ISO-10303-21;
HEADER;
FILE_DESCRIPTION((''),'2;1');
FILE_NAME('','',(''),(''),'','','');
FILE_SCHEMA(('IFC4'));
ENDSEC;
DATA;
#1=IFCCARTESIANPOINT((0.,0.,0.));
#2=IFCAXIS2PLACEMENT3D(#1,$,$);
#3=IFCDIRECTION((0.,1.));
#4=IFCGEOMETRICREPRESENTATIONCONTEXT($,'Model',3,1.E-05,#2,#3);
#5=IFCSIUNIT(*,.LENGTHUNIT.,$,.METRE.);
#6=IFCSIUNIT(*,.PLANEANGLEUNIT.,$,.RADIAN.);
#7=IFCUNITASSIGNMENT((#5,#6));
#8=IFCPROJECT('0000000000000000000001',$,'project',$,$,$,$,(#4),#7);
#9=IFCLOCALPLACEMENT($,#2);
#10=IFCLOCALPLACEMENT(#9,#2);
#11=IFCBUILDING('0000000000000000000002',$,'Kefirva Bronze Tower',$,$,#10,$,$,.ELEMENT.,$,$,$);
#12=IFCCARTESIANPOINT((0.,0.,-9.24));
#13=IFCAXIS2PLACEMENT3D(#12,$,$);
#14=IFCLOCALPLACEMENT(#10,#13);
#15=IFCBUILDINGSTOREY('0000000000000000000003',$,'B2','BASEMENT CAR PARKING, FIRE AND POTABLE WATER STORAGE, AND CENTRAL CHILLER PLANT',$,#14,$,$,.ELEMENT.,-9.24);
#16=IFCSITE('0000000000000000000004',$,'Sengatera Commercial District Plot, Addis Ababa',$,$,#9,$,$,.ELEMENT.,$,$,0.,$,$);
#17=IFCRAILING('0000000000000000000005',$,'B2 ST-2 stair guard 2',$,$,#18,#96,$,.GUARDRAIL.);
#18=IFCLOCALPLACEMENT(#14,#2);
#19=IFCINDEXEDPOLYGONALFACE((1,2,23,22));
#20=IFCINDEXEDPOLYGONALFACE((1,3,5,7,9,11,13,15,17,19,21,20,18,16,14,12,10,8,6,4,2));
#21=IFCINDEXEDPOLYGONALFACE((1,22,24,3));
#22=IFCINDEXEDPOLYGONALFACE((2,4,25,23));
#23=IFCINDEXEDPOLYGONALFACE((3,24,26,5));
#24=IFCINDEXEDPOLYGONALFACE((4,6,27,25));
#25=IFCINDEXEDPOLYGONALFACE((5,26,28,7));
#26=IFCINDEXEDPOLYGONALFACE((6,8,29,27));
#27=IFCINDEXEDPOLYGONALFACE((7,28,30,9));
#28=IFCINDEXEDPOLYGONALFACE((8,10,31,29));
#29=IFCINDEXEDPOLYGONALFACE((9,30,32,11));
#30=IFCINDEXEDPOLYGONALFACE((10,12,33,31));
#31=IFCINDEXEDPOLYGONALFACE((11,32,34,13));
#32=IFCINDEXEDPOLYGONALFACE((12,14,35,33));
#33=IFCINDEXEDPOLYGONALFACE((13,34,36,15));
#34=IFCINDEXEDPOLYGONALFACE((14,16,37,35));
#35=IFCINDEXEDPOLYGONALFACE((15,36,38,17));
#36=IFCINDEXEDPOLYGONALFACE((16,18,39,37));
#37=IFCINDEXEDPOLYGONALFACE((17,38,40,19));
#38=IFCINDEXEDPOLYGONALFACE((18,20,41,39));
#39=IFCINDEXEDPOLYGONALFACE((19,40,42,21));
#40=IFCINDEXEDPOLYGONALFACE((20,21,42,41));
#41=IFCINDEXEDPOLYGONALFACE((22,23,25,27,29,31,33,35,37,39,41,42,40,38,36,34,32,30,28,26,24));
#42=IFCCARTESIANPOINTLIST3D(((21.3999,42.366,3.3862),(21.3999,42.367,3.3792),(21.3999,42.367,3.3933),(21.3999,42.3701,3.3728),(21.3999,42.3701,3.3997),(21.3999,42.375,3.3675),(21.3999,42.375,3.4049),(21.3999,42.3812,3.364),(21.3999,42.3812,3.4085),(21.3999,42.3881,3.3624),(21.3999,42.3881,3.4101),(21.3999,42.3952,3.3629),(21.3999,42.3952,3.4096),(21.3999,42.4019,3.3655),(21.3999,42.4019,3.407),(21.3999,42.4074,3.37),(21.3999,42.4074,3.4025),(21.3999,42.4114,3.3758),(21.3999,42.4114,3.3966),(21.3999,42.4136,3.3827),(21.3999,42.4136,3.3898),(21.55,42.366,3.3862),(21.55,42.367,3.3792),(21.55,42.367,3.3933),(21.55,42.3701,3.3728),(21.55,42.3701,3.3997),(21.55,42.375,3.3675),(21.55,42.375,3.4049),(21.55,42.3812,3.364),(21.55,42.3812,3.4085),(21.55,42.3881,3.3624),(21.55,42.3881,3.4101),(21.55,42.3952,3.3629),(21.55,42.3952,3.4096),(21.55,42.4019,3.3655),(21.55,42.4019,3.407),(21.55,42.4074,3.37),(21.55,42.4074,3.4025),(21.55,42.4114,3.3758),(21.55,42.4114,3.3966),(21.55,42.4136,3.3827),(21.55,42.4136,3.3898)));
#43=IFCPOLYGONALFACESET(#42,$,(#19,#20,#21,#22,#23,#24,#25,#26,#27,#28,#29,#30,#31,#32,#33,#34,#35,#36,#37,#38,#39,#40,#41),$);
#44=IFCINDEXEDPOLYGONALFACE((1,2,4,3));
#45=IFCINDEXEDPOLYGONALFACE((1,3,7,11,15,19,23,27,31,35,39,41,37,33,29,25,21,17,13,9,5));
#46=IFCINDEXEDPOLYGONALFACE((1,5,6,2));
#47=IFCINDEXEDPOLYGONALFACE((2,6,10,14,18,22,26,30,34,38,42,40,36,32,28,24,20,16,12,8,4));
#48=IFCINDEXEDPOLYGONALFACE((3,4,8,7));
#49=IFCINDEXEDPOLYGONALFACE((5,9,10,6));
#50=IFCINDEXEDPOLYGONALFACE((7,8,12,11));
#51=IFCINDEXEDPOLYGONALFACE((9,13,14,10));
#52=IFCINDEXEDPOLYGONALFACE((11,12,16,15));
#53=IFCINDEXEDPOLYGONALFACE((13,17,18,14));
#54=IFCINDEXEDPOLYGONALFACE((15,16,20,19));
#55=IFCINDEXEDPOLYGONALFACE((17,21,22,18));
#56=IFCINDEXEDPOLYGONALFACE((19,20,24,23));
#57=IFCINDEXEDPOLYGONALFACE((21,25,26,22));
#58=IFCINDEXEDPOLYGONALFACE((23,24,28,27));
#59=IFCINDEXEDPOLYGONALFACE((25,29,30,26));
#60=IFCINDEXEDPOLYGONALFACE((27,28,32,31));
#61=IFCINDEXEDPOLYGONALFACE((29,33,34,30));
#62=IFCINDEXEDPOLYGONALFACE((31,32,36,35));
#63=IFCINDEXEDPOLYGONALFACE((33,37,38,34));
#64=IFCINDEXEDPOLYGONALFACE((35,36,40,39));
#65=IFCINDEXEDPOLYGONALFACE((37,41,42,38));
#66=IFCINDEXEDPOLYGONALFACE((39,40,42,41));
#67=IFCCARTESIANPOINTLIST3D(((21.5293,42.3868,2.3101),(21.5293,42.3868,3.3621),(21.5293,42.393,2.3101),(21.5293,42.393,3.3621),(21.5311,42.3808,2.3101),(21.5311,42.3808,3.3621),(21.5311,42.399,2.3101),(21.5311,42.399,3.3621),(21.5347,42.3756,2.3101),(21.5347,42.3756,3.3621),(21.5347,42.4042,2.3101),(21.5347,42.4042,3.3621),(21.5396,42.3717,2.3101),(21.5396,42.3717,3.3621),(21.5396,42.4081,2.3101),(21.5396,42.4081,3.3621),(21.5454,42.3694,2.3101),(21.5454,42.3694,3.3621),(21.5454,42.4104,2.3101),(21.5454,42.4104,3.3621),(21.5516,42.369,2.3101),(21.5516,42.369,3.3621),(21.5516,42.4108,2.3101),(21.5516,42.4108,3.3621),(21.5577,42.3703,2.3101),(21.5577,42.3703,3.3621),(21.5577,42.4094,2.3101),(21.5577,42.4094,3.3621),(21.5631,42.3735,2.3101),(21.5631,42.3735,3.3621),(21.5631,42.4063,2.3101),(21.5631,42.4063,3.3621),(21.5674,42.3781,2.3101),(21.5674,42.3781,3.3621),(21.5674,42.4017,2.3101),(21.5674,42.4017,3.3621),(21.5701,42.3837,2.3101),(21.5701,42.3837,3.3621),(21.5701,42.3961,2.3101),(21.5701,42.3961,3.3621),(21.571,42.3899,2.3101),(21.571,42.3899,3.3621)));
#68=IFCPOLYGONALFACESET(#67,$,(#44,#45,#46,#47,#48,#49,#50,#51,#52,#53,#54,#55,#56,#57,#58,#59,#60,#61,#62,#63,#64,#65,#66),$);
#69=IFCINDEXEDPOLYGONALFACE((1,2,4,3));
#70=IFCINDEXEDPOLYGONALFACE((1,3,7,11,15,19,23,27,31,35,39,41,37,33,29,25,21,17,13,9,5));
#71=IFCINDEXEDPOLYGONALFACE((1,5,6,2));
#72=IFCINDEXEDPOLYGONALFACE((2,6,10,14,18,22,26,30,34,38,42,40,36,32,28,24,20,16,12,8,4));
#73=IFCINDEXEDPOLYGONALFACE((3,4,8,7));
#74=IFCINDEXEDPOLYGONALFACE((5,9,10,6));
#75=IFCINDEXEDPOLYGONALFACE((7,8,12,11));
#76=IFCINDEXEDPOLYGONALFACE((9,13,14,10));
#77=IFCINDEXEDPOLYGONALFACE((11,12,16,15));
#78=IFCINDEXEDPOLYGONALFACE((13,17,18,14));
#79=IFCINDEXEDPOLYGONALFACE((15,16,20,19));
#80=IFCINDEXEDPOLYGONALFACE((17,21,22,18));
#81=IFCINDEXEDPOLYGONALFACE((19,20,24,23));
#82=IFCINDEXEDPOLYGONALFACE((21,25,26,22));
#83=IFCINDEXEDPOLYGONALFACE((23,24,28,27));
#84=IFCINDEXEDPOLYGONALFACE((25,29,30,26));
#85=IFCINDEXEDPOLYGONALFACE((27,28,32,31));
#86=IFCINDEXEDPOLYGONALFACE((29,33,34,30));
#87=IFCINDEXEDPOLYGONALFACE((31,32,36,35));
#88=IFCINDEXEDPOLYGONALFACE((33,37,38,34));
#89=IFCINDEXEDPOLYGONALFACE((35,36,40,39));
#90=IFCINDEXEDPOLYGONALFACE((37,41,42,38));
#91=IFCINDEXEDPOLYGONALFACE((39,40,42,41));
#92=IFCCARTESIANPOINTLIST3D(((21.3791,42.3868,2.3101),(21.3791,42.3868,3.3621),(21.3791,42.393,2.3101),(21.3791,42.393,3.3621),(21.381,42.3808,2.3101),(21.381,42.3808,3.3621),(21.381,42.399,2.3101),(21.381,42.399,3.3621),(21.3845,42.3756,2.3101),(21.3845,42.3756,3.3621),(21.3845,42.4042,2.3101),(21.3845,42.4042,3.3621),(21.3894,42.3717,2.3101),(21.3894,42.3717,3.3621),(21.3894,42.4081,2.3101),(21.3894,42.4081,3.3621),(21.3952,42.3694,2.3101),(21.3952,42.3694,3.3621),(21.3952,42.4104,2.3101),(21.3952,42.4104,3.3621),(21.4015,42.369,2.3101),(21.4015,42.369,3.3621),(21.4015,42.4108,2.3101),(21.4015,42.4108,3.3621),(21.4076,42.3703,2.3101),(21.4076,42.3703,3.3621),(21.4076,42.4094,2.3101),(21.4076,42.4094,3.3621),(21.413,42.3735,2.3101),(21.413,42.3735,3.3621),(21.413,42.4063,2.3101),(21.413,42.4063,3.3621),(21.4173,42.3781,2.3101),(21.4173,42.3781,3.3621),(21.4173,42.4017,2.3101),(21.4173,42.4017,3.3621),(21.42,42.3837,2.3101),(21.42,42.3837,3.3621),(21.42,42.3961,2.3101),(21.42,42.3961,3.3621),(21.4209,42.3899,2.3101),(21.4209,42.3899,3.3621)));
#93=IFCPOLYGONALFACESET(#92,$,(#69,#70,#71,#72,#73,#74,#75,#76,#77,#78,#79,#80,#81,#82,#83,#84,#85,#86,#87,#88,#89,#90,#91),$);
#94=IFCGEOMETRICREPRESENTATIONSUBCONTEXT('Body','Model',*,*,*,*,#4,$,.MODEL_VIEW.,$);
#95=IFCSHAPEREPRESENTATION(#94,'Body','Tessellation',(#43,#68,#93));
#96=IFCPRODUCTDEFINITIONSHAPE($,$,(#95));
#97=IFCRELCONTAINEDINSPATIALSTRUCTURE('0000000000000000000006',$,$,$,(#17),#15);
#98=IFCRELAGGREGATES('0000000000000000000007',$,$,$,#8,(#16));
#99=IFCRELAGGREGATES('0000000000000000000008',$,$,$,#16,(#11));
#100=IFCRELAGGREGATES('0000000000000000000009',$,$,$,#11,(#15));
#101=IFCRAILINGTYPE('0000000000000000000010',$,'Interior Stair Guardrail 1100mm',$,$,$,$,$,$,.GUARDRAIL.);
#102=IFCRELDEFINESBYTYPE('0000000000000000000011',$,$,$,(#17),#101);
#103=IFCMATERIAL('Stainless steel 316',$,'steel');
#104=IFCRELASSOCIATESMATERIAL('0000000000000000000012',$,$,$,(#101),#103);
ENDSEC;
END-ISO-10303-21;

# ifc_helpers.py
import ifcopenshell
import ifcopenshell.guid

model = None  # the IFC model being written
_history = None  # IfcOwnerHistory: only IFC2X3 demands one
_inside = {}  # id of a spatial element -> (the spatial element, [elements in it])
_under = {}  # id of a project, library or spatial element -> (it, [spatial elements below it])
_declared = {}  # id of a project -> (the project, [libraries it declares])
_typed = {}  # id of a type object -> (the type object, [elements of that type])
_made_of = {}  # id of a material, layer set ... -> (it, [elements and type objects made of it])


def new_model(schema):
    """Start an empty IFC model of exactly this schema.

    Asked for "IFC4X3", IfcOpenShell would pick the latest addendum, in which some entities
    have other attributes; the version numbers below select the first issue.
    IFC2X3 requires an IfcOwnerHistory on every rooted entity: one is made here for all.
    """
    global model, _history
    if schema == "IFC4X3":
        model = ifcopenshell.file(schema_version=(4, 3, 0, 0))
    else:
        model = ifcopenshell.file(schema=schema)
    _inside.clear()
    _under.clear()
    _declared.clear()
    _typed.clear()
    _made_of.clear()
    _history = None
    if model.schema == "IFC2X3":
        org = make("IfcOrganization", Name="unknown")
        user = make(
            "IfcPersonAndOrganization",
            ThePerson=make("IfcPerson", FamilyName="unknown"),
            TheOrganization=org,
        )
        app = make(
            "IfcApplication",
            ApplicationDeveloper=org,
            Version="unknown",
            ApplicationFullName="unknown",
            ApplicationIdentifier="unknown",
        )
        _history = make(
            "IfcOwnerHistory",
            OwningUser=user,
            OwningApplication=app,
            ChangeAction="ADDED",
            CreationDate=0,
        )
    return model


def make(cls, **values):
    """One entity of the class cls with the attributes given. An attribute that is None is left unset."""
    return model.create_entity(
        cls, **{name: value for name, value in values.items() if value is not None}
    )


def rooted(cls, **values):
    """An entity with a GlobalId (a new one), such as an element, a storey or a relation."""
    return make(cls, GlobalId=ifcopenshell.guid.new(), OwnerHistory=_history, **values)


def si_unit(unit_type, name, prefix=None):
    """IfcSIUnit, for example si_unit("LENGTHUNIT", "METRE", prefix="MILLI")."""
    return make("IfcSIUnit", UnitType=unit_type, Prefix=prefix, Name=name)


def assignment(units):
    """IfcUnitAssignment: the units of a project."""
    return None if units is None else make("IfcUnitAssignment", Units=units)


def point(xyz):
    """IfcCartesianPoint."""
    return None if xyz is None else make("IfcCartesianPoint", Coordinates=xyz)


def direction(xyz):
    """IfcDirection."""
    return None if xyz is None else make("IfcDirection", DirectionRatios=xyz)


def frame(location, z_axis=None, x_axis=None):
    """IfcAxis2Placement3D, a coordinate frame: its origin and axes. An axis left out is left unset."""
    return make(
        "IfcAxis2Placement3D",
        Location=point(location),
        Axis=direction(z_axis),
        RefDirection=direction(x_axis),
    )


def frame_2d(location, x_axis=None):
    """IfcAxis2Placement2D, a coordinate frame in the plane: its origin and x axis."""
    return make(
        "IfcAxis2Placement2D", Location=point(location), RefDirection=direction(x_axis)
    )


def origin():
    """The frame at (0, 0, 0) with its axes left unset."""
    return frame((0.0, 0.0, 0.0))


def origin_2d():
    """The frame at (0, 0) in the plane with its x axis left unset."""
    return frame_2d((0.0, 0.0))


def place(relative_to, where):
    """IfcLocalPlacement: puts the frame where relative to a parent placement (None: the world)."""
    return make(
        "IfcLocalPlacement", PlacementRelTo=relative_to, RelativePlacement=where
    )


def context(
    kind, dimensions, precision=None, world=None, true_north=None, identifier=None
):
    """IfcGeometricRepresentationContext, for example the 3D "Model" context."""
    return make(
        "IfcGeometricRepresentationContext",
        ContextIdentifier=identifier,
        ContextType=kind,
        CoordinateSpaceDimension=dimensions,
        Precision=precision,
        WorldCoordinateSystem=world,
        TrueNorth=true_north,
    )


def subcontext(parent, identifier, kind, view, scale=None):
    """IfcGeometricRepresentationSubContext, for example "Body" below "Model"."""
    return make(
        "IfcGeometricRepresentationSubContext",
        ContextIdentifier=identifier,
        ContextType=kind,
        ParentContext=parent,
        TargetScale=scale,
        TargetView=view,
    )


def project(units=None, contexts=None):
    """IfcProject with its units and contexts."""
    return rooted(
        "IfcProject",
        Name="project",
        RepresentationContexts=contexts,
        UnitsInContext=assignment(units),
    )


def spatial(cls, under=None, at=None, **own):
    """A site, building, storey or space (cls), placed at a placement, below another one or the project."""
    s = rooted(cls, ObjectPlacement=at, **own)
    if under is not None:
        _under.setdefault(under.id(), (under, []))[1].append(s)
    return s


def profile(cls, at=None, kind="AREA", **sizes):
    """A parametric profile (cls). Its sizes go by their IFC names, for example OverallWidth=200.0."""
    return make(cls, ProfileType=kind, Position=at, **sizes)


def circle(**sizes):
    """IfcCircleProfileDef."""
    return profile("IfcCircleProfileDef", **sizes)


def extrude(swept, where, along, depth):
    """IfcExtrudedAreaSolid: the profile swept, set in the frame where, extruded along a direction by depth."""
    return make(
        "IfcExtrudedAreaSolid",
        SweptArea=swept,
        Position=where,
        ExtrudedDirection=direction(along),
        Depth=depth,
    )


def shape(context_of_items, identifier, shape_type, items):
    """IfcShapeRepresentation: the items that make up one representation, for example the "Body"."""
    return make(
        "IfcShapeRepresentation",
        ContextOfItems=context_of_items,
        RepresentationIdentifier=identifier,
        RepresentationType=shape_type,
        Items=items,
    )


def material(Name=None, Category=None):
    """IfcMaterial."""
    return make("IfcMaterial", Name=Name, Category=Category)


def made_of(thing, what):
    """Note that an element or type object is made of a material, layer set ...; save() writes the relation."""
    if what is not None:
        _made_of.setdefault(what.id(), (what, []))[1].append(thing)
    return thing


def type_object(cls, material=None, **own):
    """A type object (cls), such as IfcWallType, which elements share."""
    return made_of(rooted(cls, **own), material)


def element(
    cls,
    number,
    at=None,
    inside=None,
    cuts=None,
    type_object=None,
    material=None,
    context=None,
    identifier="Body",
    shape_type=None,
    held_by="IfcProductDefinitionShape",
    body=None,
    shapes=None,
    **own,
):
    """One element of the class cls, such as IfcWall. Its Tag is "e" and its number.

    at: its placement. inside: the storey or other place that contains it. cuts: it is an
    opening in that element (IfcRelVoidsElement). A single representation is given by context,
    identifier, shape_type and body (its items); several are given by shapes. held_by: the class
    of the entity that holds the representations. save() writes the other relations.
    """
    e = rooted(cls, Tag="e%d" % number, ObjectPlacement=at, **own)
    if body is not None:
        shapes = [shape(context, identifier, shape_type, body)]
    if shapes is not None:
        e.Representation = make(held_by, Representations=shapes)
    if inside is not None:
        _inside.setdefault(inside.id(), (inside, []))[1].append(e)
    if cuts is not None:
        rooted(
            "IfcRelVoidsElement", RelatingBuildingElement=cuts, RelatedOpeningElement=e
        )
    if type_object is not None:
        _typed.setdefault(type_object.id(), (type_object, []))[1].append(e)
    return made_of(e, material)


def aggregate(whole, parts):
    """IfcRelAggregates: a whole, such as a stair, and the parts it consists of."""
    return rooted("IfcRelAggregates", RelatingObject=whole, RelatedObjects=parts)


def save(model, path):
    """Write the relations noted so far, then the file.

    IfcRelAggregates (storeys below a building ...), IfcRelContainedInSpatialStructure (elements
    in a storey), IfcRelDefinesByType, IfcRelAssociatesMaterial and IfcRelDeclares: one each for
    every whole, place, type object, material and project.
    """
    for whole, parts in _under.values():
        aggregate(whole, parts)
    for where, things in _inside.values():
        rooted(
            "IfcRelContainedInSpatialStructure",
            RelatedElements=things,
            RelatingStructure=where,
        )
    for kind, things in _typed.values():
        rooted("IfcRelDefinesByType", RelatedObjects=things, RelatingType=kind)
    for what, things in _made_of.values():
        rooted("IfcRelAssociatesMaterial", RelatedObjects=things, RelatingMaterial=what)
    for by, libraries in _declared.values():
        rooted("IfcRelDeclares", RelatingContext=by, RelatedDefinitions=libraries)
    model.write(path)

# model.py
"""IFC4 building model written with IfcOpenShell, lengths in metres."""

from ifc_helpers import new_model, si_unit, direction, frame, origin, origin_2d, place, context, subcontext, project, spatial, circle, extrude, material, type_object, element, save


model = new_model("IFC4")

# Units and contexts
model_context = context("Model", 3, precision=1e-05, world=origin(), true_north=direction((0.0, 1.0)))
body_context = subcontext(model_context, "Body", "Model", "MODEL_VIEW")
ifc_project = project(units=[si_unit("LENGTHUNIT", "METRE"), si_unit("PLANEANGLEUNIT", "RADIAN")], contexts=[model_context])

# Site, building, storey
site_placement = place(None, origin())
site = spatial("IfcSite", under=ifc_project, at=site_placement, Name="Sengatera Commercial District Plot, Addis Ababa", CompositionType="ELEMENT", RefElevation=0.0)
building_placement = place(site_placement, origin())
building = spatial("IfcBuilding", under=site, at=building_placement, Name="Kefirva Bronze Tower", CompositionType="ELEMENT")
storey_placement = place(building_placement, frame((0.0, 0.0, -9.24)))
storey = spatial("IfcBuildingStorey", under=building, at=storey_placement, Name="B2", Description="BASEMENT CAR PARKING, FIRE AND POTABLE WATER STORAGE, AND CENTRAL CHILLER PLANT", CompositionType="ELEMENT", Elevation=-9.24)

# Railing
ifc_material_1 = material(Name="Stainless steel 316", Category="steel")
railing_type_1 = type_object("IfcRailingType", Name="Interior Stair Guardrail 1100mm", PredefinedType="GUARDRAIL", material=ifc_material_1)
railing_1_placement = place(storey_placement, frame((21.55, 42.3899, 2.3101)))
element("IfcRailing", 1, at=railing_1_placement, inside=storey, type_object=railing_type_1, Name="B2 ST-2 stair guard 2", PredefinedType="GUARDRAIL", context=body_context, shape_type="SweptSolid", body=[
    extrude(circle(Radius=0.0239, at=origin_2d()), frame((0.0, 0.0, 1.0762), z_axis=(-1.0, 0.0, 0.0), x_axis=(0.0, -1.0, 0.0)), (0.0, 0.0, 1.0), 0.1501),
    extrude(circle(Radius=0.021, at=origin_2d()), origin(), (0.0, 0.0, 1.0), 1.052),
    extrude(circle(Radius=0.021, at=origin_2d()), frame((-0.1501, 0.0, 0.0)), (0.0, 0.0, 1.0), 1.052),
])

save(model, "model.ifc")
